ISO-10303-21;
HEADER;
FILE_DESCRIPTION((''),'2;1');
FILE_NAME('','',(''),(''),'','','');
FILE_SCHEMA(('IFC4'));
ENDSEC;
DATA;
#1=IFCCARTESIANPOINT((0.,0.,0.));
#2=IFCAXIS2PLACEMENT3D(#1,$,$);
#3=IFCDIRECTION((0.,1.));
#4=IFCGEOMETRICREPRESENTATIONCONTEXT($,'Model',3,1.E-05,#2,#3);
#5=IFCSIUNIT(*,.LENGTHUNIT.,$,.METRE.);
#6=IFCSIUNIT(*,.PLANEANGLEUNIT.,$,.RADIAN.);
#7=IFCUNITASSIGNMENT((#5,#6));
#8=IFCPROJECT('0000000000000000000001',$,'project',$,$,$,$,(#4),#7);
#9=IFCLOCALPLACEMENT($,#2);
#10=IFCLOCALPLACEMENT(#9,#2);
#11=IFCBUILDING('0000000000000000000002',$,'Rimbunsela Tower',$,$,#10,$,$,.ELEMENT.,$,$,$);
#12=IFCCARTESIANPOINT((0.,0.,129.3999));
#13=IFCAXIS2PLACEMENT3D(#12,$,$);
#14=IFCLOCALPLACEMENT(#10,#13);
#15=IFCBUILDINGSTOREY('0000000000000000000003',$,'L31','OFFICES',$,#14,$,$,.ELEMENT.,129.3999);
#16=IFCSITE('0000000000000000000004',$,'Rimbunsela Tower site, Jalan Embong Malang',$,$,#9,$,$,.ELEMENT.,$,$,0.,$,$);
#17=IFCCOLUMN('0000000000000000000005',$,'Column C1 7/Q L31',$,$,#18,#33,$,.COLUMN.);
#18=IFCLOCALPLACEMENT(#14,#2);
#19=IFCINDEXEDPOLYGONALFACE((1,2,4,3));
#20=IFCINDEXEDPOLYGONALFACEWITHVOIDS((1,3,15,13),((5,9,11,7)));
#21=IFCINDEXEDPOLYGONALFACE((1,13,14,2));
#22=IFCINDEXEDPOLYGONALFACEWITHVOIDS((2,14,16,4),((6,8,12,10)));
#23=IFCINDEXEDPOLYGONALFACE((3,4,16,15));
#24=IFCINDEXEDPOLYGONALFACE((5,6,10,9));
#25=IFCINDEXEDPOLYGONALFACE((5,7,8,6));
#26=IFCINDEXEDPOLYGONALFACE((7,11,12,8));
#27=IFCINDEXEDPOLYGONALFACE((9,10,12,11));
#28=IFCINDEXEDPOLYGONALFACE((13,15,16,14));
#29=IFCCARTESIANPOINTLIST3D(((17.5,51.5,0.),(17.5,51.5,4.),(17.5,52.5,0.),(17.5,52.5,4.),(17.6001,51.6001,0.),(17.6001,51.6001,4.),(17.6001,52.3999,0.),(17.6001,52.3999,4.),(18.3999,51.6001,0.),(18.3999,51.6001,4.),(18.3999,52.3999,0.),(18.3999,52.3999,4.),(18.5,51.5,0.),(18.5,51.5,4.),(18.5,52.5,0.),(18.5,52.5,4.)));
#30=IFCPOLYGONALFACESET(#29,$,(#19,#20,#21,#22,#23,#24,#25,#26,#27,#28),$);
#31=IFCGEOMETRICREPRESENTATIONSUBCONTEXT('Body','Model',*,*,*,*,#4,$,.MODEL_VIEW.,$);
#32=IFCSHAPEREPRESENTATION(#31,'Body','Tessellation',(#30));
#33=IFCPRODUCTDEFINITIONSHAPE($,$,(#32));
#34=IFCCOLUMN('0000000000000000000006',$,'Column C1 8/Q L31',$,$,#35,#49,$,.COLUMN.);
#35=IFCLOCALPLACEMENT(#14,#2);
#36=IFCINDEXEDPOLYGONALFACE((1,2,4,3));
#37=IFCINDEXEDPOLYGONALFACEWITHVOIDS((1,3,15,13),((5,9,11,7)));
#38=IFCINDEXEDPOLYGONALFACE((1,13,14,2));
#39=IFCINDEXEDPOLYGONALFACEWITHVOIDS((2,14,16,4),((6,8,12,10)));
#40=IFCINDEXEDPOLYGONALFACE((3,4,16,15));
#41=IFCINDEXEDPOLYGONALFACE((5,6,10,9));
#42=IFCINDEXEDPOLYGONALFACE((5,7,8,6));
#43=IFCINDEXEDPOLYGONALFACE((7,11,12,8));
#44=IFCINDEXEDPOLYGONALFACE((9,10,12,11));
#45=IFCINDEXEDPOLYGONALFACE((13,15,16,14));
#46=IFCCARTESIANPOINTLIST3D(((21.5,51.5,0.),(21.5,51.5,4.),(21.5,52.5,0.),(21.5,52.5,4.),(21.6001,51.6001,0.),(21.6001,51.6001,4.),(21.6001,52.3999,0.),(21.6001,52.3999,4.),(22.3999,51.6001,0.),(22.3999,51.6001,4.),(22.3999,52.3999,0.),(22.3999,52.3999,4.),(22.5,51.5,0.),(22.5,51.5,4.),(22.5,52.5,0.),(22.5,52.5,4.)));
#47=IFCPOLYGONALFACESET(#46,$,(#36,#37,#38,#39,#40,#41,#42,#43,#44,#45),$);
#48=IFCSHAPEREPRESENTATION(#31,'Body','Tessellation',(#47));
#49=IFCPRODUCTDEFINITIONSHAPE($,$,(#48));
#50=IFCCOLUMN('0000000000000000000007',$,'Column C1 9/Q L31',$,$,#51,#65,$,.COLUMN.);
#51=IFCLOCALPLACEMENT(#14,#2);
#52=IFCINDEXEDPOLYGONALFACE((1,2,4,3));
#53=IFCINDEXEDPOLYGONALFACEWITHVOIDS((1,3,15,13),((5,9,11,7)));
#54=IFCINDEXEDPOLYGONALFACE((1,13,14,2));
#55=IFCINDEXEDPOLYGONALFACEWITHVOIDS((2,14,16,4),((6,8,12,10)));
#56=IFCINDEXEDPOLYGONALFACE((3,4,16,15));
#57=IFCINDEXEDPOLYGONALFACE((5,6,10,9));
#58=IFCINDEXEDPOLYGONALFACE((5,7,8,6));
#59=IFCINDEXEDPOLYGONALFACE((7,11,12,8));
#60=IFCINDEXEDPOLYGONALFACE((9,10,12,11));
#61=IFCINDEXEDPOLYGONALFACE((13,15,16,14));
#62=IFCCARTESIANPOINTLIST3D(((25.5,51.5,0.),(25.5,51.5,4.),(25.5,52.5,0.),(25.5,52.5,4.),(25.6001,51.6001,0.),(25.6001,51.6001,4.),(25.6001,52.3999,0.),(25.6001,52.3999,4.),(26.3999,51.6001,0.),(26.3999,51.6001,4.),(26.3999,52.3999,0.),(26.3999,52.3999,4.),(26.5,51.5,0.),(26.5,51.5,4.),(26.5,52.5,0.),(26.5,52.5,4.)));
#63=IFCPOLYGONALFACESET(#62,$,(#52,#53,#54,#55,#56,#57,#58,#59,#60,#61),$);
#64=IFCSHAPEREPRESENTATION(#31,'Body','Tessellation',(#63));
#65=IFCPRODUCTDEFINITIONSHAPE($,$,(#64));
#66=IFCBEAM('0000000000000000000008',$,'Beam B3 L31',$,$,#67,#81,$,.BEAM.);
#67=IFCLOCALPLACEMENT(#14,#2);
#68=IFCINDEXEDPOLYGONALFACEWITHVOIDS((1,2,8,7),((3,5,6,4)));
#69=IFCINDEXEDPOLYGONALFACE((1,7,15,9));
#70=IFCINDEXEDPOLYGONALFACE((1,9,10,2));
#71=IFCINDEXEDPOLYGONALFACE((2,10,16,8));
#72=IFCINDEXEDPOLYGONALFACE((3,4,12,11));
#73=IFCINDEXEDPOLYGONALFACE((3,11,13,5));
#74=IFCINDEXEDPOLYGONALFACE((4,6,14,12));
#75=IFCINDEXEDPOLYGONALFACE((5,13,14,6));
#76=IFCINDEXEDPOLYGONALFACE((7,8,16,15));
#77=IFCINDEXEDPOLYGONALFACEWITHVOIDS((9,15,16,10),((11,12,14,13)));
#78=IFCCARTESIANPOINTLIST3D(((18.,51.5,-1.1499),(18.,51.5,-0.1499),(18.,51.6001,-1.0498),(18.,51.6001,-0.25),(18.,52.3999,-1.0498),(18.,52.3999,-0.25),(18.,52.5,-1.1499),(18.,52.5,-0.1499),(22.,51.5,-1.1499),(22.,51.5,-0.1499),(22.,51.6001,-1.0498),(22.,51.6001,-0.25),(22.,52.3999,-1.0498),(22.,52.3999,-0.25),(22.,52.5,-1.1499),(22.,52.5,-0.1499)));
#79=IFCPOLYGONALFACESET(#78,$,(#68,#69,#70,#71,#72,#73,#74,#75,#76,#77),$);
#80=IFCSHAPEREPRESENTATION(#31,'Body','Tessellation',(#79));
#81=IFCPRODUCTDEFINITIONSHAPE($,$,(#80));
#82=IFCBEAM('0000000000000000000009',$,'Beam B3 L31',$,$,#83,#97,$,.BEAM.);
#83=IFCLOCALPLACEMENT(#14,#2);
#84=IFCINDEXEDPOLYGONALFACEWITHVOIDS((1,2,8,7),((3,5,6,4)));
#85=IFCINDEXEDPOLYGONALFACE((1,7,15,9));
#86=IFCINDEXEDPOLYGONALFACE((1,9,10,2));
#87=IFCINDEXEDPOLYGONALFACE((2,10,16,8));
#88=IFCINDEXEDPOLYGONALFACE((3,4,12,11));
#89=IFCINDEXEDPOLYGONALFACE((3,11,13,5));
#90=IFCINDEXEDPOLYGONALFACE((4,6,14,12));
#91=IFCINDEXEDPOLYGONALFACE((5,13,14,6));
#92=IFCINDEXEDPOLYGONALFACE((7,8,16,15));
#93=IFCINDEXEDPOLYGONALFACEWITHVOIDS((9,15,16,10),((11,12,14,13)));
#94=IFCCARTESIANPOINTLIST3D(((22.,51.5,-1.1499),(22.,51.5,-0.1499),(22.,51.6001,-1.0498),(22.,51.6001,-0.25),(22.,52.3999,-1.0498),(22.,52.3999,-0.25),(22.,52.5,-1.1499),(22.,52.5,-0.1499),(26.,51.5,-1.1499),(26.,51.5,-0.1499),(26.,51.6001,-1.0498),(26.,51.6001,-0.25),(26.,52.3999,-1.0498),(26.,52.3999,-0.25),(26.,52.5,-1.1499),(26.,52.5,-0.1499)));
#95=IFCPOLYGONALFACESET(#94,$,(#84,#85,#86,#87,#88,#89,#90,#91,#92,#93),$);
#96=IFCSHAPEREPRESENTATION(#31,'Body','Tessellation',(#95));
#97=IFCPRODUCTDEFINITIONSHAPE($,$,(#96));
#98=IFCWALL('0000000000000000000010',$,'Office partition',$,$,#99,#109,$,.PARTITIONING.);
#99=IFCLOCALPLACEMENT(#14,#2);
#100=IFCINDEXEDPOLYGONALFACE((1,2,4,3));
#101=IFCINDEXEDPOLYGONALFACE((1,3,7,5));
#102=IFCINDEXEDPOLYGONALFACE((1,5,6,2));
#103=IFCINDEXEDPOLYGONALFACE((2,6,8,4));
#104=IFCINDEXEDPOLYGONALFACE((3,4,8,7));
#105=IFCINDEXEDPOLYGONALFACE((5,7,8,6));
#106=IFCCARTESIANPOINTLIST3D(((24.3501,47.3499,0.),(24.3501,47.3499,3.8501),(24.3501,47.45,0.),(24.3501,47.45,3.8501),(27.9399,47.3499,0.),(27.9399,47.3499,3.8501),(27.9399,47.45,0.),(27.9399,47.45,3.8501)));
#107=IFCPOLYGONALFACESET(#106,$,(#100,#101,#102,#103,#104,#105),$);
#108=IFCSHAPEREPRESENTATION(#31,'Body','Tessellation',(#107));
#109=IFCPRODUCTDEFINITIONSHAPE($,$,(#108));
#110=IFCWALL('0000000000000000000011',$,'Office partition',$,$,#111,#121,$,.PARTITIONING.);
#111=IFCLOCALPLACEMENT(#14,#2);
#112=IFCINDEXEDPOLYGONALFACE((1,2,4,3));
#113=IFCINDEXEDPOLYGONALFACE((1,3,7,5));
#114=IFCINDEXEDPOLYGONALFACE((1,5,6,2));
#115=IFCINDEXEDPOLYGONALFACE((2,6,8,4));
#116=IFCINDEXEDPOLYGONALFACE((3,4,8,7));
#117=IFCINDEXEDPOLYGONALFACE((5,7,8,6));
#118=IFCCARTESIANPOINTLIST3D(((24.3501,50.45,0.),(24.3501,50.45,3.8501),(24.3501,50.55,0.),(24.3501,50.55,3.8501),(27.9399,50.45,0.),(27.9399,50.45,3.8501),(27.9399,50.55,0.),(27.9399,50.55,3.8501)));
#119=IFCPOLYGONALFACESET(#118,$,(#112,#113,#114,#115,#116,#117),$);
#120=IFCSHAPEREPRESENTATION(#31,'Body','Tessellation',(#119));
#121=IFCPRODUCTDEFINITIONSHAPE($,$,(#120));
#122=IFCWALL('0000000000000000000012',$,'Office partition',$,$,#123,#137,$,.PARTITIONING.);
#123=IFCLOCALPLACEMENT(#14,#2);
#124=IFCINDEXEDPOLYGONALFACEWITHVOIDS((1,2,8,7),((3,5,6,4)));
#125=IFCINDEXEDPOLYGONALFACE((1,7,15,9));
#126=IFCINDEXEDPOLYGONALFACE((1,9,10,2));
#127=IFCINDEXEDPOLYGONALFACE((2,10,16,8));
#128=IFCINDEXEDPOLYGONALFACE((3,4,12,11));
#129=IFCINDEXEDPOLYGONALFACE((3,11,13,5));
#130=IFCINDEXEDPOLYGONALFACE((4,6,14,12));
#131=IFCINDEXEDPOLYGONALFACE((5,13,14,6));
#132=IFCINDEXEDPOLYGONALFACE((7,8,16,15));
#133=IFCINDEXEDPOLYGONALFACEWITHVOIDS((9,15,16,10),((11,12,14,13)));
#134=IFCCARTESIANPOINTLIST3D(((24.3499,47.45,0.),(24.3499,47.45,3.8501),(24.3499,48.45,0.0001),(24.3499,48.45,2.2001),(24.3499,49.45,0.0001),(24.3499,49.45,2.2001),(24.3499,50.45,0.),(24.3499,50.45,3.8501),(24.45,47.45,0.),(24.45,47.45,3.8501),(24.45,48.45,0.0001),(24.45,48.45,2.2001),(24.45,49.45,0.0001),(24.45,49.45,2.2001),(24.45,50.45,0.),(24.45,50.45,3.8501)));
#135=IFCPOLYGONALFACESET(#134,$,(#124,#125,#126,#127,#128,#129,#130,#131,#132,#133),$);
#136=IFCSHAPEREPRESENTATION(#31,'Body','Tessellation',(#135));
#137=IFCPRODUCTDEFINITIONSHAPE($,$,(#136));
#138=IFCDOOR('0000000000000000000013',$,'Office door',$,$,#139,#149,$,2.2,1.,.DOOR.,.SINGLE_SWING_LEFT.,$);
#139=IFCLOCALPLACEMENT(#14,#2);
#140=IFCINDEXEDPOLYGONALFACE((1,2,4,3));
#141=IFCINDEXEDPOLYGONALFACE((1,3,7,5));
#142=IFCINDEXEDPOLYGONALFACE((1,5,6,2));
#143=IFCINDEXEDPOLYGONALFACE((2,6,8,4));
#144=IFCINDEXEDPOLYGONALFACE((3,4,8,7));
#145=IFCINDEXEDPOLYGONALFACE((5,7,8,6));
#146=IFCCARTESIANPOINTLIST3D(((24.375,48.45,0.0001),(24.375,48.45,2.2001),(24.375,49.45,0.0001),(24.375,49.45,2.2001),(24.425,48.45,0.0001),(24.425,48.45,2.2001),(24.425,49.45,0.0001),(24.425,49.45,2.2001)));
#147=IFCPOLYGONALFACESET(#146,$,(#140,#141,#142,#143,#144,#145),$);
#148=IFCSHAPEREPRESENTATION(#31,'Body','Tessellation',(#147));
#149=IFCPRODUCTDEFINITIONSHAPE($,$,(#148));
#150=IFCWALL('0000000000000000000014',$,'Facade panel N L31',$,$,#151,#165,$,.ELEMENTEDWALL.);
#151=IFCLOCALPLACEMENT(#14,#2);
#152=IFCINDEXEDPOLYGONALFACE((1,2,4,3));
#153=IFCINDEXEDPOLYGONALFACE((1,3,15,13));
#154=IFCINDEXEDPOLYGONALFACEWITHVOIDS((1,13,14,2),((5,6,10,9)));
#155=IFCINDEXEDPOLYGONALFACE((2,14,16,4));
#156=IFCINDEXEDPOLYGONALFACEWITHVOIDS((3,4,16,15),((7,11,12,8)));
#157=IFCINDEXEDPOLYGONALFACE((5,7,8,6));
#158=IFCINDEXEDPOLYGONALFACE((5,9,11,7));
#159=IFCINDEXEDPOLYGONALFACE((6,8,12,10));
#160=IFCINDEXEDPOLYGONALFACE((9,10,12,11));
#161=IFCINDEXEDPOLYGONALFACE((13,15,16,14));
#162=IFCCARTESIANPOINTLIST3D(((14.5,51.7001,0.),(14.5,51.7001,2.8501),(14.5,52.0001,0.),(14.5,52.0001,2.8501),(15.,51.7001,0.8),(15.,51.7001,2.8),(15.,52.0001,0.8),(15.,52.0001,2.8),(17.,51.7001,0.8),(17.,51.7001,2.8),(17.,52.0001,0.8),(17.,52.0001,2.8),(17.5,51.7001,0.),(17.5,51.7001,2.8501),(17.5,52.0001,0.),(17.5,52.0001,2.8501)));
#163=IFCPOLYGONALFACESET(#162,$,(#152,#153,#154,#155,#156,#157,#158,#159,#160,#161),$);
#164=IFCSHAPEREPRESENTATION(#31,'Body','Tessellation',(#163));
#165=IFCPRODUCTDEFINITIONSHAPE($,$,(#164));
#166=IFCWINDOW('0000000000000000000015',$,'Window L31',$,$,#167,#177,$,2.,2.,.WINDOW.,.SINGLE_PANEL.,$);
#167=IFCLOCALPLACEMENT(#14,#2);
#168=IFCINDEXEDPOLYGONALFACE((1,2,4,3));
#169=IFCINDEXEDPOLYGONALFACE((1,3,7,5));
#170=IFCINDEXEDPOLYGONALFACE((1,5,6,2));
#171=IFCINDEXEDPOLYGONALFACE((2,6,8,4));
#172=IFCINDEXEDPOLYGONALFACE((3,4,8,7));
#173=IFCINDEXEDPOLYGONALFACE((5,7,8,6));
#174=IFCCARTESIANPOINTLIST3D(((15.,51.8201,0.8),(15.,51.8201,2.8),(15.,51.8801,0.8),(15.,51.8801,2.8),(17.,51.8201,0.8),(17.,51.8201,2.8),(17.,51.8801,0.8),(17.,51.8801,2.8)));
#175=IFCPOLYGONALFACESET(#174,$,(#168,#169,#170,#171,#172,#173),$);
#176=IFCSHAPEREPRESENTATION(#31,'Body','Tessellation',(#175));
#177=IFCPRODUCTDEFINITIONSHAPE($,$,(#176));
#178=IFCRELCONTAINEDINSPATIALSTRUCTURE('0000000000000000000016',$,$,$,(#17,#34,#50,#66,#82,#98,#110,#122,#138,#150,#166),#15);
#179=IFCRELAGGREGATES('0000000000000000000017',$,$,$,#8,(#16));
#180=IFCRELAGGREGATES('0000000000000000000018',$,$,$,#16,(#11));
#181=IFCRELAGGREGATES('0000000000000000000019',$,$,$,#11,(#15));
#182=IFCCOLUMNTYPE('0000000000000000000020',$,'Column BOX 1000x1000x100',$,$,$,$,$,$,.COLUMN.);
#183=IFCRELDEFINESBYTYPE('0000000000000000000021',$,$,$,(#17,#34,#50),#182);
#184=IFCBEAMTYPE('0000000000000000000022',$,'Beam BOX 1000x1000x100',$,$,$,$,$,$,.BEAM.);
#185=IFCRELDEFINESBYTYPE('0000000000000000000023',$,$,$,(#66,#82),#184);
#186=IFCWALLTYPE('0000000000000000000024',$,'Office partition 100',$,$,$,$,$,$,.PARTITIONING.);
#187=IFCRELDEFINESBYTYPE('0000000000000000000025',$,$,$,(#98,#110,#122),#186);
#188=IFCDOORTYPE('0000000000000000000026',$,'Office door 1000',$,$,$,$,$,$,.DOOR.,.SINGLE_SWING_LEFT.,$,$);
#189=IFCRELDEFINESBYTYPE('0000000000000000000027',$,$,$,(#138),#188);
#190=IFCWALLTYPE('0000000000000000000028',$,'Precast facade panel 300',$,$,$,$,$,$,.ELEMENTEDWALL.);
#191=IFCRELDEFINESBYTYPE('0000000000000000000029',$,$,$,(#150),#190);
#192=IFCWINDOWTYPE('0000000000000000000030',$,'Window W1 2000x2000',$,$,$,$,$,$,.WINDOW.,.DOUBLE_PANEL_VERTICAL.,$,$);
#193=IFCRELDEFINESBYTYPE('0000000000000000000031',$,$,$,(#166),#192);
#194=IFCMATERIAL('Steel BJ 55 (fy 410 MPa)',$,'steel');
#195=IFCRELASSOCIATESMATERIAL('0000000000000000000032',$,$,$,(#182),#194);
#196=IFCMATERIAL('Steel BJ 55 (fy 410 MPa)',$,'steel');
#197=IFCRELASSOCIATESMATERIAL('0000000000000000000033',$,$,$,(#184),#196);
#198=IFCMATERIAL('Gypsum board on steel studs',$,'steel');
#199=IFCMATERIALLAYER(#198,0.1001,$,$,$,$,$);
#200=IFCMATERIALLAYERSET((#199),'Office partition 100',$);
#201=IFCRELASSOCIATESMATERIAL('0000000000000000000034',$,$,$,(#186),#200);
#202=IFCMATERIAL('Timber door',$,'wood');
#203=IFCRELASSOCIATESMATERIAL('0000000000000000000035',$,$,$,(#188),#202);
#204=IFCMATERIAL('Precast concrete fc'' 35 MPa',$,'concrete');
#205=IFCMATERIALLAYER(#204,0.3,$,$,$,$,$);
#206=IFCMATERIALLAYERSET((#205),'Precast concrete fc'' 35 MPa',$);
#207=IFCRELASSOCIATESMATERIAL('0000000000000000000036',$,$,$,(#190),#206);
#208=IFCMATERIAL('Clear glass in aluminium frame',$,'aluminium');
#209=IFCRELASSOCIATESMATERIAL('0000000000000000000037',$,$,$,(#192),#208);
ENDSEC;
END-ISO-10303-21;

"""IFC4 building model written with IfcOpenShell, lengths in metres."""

from ifc_helpers import new_model, si_unit, direction, frame, frame_2d, origin, origin_2d, place, context, subcontext, project, spatial, rectangle, hollow_rectangle, extrude, material, layer, layer_set, material_profile, profile_set, type_object, element, fill, save


model = new_model("IFC4")

# Units and contexts
model_context = context("Model", 3, precision=1e-05, world=origin(), true_north=direction((0.0, 1.0)))
body_context = subcontext(model_context, "Body", "Model", "MODEL_VIEW")
ifc_project = project(units=[si_unit("LENGTHUNIT", "METRE"), si_unit("PLANEANGLEUNIT", "RADIAN")], contexts=[model_context])

# Site, building, storey
site_placement = place(None, origin())
site = spatial("IfcSite", under=ifc_project, at=site_placement, Name="Rimbunsela Tower site, Jalan Embong Malang", CompositionType="ELEMENT", RefElevation=0.0)
building_placement = place(site_placement, origin())
building = spatial("IfcBuilding", under=site, at=building_placement, Name="Rimbunsela Tower", CompositionType="ELEMENT")
storey_placement = place(building_placement, frame((0.0, 0.0, 129.3999)))
storey = spatial("IfcBuildingStorey", under=building, at=storey_placement, Name="L31", Description="OFFICES", CompositionType="ELEMENT", Elevation=129.3999)

# Columns
ifc_material_1 = material(Name="Steel BJ 55 (fy 410 MPa)", Category="steel")
ifc_material_profile_1 = material_profile(ifc_material_1, hollow_rectangle(XDim=1.0, YDim=1.0, WallThickness=0.1001, at=origin_2d()), Name="BOX 1000x1000x100")
ifc_profile_set_1 = profile_set([ifc_material_profile_1], Name="Steel BJ 55 (fy 410 MPa)")
column_type = type_object("IfcColumnType", Name="Column BOX 1000x1000x100", PredefinedType="COLUMN", material=ifc_profile_set_1)
for number, where, z_axis, x_axis, name in (
    (1, (18.0, 52.0, 0.0), (0.0, 0.0, 1.0), (1.0, 0.0, 0.0), "Column C1 7/Q L31"),
    (2, (22.0, 52.0, 0.0), (0.0, 0.0, 1.0), (1.0, 0.0, 0.0), "Column C1 8/Q L31"),
    (3, (26.0, 52.0, 0.0), (0.0, 0.0, 1.0), (1.0, 0.0, 0.0), "Column C1 9/Q L31"),
):
    element("IfcColumn", number, at=place(storey_placement, frame(where, z_axis=z_axis, x_axis=x_axis)), inside=storey, type_object=column_type, Name=name, PredefinedType="COLUMN", context=body_context, shape_type="SweptSolid", body=[
        extrude(hollow_rectangle(XDim=1.0, YDim=1.0, WallThickness=0.1001, at=origin_2d()), origin(), (0.0, 0.0, 1.0), 4.0),
    ])

# Beams
ifc_material_2 = material(Name="Steel BJ 55 (fy 410 MPa)", Category="steel")
ifc_material_profile_2 = material_profile(ifc_material_2, hollow_rectangle(XDim=1.0, YDim=1.0, WallThickness=0.1001, at=origin_2d()), Name="BOX 1000x1000x100")
ifc_profile_set_2 = profile_set([ifc_material_profile_2], Name="Steel BJ 55 (fy 410 MPa)")
beam_type = type_object("IfcBeamType", Name="Beam BOX 1000x1000x100", PredefinedType="BEAM", material=ifc_profile_set_2)
for number, where, z_axis, x_axis, name in (
    (4, (18.0, 52.0, -0.6499), (1.0, 0.0, 0.0), (0.0, 1.0, 0.0), "Beam B3 L31"),
    (5, (22.0, 52.0, -0.6499), (1.0, 0.0, 0.0), (0.0, 1.0, 0.0), "Beam B3 L31"),
):
    element("IfcBeam", number, at=place(storey_placement, frame(where, z_axis=z_axis, x_axis=x_axis)), inside=storey, type_object=beam_type, Name=name, PredefinedType="BEAM", context=body_context, shape_type="SweptSolid", body=[
        extrude(hollow_rectangle(XDim=1.0, YDim=1.0, WallThickness=0.1001, at=origin_2d()), origin(), (0.0, 0.0, 1.0), 4.0),
    ])

# Walls
ifc_material_3 = material(Name="Gypsum board on steel studs", Category="steel")
ifc_layer_1 = layer(ifc_material_3, 0.1001)
ifc_layer_set_1 = layer_set([ifc_layer_1], Name="Office partition 100")
wall_type_1 = type_object("IfcWallType", Name="Office partition 100", PredefinedType="PARTITIONING", material=ifc_layer_set_1)
for number, where, z_axis, x_axis, name in (
    (6, (24.3501, 47.3999, 0.0), (0.0, 0.0, 1.0), (1.0, 0.0, 0.0), "Office partition"),
    (7, (24.3501, 50.5, 0.0), (0.0, 0.0, 1.0), (1.0, 0.0, 0.0), "Office partition"),
):
    element("IfcWall", number, at=place(storey_placement, frame(where, z_axis=z_axis, x_axis=x_axis)), inside=storey, type_object=wall_type_1, Name=name, PredefinedType="PARTITIONING", context=body_context, shape_type="SweptSolid", body=[
        extrude(rectangle(XDim=3.5898, YDim=0.1001, at=frame_2d((1.7949, 0.0))), origin(), (0.0, 0.0, 1.0), 3.8501),
    ])

# Wall, opening, door
wall_1_placement = place(storey_placement, frame((24.3999, 47.45, 0.0), z_axis=(0.0, 0.0, 1.0), x_axis=(0.0, 1.0, 0.0)))
wall_1 = element("IfcWall", 8, at=wall_1_placement, inside=storey, type_object=wall_type_1, Name="Office partition", PredefinedType="PARTITIONING", context=body_context, shape_type="SweptSolid", body=[
    extrude(rectangle(XDim=3.0, YDim=0.1001, at=frame_2d((1.5, 0.0))), origin(), (0.0, 0.0, 1.0), 3.8501),
])
opening_1_placement = place(wall_1_placement, frame((1.0, 0.0, 0.0)))
opening_1 = element("IfcOpeningElement", 9, at=opening_1_placement, cuts=wall_1, PredefinedType="OPENING", context=body_context, shape_type="SweptSolid", body=[
    extrude(rectangle(XDim=1.0, YDim=2.2, at=frame_2d((0.5, 1.1001))), frame((0.0, 0.0601, 0.0), z_axis=(0.0, -1.0, 0.0), x_axis=(1.0, 0.0, 0.0)), (0.0, 0.0, 1.0), 0.1201),
])
ifc_material_4 = material(Name="Timber door", Category="wood")
door_type = type_object("IfcDoorType", Name="Office door 1000", OperationType="SINGLE_SWING_LEFT", PredefinedType="DOOR", material=ifc_material_4)
door_placement = place(opening_1_placement, origin())
door = element("IfcDoor", 10, at=door_placement, inside=storey, type_object=door_type, Name="Office door", OperationType="SINGLE_SWING_LEFT", OverallHeight=2.2, OverallWidth=1.0, PredefinedType="DOOR", context=body_context, shape_type="SweptSolid", body=[
    extrude(rectangle(XDim=1.0, YDim=2.2, at=frame_2d((0.5, 1.1001))), frame((0.0, 0.0249, 0.0), z_axis=(0.0, -1.0, 0.0), x_axis=(1.0, 0.0, 0.0)), (0.0, 0.0, 1.0), 0.05),
])
fill(opening_1, door)

# Wall, opening, window
ifc_material_5 = material(Name="Precast concrete fc' 35 MPa", Category="concrete")
ifc_layer_2 = layer(ifc_material_5, 0.3)
ifc_layer_set_2 = layer_set([ifc_layer_2], Name="Precast concrete fc' 35 MPa")
wall_type_2 = type_object("IfcWallType", Name="Precast facade panel 300", PredefinedType="ELEMENTEDWALL", material=ifc_layer_set_2)
wall_2_placement = place(storey_placement, frame((17.5, 51.8501, 0.0), z_axis=(0.0, 0.0, 1.0), x_axis=(-1.0, 0.0, 0.0)))
wall_2 = element("IfcWall", 11, at=wall_2_placement, inside=storey, type_object=wall_type_2, Name="Facade panel N L31", PredefinedType="ELEMENTEDWALL", context=body_context, shape_type="SweptSolid", body=[
    extrude(rectangle(XDim=3.0, YDim=0.3, at=frame_2d((1.5, 0.0))), origin(), (0.0, 0.0, 1.0), 2.8501),
])
opening_2_placement = place(wall_2_placement, frame((0.5, 0.0, 0.8)))
opening_2 = element("IfcOpeningElement", 12, at=opening_2_placement, cuts=wall_2, PredefinedType="OPENING", context=body_context, shape_type="SweptSolid", body=[
    extrude(rectangle(XDim=2.0, YDim=2.0, at=frame_2d((1.0, 1.0))), frame((0.0, 0.1599, 0.0), z_axis=(0.0, -1.0, 0.0), x_axis=(1.0, 0.0, 0.0)), (0.0, 0.0, 1.0), 0.3201),
])
ifc_material_6 = material(Name="Clear glass in aluminium frame", Category="aluminium")
window_type = type_object("IfcWindowType", Name="Window W1 2000x2000", PartitioningType="DOUBLE_PANEL_VERTICAL", PredefinedType="WINDOW", material=ifc_material_6)
window_1_placement = place(opening_2_placement, origin())
window_1 = element("IfcWindow", 13, at=window_1_placement, inside=storey, type_object=window_type, Name="Window L31", OverallHeight=2.0, OverallWidth=2.0, PartitioningType="SINGLE_PANEL", PredefinedType="WINDOW", context=body_context, shape_type="SweptSolid", body=[
    extrude(rectangle(XDim=2.0, YDim=2.0, at=frame_2d((1.0, 1.0))), frame((0.0, 0.03, 0.0), z_axis=(0.0, -1.0, 0.0), x_axis=(1.0, 0.0, 0.0)), (0.0, 0.0, 1.0), 0.0601),
])
fill(opening_2, window_1)

save(model, "model.ifc")
